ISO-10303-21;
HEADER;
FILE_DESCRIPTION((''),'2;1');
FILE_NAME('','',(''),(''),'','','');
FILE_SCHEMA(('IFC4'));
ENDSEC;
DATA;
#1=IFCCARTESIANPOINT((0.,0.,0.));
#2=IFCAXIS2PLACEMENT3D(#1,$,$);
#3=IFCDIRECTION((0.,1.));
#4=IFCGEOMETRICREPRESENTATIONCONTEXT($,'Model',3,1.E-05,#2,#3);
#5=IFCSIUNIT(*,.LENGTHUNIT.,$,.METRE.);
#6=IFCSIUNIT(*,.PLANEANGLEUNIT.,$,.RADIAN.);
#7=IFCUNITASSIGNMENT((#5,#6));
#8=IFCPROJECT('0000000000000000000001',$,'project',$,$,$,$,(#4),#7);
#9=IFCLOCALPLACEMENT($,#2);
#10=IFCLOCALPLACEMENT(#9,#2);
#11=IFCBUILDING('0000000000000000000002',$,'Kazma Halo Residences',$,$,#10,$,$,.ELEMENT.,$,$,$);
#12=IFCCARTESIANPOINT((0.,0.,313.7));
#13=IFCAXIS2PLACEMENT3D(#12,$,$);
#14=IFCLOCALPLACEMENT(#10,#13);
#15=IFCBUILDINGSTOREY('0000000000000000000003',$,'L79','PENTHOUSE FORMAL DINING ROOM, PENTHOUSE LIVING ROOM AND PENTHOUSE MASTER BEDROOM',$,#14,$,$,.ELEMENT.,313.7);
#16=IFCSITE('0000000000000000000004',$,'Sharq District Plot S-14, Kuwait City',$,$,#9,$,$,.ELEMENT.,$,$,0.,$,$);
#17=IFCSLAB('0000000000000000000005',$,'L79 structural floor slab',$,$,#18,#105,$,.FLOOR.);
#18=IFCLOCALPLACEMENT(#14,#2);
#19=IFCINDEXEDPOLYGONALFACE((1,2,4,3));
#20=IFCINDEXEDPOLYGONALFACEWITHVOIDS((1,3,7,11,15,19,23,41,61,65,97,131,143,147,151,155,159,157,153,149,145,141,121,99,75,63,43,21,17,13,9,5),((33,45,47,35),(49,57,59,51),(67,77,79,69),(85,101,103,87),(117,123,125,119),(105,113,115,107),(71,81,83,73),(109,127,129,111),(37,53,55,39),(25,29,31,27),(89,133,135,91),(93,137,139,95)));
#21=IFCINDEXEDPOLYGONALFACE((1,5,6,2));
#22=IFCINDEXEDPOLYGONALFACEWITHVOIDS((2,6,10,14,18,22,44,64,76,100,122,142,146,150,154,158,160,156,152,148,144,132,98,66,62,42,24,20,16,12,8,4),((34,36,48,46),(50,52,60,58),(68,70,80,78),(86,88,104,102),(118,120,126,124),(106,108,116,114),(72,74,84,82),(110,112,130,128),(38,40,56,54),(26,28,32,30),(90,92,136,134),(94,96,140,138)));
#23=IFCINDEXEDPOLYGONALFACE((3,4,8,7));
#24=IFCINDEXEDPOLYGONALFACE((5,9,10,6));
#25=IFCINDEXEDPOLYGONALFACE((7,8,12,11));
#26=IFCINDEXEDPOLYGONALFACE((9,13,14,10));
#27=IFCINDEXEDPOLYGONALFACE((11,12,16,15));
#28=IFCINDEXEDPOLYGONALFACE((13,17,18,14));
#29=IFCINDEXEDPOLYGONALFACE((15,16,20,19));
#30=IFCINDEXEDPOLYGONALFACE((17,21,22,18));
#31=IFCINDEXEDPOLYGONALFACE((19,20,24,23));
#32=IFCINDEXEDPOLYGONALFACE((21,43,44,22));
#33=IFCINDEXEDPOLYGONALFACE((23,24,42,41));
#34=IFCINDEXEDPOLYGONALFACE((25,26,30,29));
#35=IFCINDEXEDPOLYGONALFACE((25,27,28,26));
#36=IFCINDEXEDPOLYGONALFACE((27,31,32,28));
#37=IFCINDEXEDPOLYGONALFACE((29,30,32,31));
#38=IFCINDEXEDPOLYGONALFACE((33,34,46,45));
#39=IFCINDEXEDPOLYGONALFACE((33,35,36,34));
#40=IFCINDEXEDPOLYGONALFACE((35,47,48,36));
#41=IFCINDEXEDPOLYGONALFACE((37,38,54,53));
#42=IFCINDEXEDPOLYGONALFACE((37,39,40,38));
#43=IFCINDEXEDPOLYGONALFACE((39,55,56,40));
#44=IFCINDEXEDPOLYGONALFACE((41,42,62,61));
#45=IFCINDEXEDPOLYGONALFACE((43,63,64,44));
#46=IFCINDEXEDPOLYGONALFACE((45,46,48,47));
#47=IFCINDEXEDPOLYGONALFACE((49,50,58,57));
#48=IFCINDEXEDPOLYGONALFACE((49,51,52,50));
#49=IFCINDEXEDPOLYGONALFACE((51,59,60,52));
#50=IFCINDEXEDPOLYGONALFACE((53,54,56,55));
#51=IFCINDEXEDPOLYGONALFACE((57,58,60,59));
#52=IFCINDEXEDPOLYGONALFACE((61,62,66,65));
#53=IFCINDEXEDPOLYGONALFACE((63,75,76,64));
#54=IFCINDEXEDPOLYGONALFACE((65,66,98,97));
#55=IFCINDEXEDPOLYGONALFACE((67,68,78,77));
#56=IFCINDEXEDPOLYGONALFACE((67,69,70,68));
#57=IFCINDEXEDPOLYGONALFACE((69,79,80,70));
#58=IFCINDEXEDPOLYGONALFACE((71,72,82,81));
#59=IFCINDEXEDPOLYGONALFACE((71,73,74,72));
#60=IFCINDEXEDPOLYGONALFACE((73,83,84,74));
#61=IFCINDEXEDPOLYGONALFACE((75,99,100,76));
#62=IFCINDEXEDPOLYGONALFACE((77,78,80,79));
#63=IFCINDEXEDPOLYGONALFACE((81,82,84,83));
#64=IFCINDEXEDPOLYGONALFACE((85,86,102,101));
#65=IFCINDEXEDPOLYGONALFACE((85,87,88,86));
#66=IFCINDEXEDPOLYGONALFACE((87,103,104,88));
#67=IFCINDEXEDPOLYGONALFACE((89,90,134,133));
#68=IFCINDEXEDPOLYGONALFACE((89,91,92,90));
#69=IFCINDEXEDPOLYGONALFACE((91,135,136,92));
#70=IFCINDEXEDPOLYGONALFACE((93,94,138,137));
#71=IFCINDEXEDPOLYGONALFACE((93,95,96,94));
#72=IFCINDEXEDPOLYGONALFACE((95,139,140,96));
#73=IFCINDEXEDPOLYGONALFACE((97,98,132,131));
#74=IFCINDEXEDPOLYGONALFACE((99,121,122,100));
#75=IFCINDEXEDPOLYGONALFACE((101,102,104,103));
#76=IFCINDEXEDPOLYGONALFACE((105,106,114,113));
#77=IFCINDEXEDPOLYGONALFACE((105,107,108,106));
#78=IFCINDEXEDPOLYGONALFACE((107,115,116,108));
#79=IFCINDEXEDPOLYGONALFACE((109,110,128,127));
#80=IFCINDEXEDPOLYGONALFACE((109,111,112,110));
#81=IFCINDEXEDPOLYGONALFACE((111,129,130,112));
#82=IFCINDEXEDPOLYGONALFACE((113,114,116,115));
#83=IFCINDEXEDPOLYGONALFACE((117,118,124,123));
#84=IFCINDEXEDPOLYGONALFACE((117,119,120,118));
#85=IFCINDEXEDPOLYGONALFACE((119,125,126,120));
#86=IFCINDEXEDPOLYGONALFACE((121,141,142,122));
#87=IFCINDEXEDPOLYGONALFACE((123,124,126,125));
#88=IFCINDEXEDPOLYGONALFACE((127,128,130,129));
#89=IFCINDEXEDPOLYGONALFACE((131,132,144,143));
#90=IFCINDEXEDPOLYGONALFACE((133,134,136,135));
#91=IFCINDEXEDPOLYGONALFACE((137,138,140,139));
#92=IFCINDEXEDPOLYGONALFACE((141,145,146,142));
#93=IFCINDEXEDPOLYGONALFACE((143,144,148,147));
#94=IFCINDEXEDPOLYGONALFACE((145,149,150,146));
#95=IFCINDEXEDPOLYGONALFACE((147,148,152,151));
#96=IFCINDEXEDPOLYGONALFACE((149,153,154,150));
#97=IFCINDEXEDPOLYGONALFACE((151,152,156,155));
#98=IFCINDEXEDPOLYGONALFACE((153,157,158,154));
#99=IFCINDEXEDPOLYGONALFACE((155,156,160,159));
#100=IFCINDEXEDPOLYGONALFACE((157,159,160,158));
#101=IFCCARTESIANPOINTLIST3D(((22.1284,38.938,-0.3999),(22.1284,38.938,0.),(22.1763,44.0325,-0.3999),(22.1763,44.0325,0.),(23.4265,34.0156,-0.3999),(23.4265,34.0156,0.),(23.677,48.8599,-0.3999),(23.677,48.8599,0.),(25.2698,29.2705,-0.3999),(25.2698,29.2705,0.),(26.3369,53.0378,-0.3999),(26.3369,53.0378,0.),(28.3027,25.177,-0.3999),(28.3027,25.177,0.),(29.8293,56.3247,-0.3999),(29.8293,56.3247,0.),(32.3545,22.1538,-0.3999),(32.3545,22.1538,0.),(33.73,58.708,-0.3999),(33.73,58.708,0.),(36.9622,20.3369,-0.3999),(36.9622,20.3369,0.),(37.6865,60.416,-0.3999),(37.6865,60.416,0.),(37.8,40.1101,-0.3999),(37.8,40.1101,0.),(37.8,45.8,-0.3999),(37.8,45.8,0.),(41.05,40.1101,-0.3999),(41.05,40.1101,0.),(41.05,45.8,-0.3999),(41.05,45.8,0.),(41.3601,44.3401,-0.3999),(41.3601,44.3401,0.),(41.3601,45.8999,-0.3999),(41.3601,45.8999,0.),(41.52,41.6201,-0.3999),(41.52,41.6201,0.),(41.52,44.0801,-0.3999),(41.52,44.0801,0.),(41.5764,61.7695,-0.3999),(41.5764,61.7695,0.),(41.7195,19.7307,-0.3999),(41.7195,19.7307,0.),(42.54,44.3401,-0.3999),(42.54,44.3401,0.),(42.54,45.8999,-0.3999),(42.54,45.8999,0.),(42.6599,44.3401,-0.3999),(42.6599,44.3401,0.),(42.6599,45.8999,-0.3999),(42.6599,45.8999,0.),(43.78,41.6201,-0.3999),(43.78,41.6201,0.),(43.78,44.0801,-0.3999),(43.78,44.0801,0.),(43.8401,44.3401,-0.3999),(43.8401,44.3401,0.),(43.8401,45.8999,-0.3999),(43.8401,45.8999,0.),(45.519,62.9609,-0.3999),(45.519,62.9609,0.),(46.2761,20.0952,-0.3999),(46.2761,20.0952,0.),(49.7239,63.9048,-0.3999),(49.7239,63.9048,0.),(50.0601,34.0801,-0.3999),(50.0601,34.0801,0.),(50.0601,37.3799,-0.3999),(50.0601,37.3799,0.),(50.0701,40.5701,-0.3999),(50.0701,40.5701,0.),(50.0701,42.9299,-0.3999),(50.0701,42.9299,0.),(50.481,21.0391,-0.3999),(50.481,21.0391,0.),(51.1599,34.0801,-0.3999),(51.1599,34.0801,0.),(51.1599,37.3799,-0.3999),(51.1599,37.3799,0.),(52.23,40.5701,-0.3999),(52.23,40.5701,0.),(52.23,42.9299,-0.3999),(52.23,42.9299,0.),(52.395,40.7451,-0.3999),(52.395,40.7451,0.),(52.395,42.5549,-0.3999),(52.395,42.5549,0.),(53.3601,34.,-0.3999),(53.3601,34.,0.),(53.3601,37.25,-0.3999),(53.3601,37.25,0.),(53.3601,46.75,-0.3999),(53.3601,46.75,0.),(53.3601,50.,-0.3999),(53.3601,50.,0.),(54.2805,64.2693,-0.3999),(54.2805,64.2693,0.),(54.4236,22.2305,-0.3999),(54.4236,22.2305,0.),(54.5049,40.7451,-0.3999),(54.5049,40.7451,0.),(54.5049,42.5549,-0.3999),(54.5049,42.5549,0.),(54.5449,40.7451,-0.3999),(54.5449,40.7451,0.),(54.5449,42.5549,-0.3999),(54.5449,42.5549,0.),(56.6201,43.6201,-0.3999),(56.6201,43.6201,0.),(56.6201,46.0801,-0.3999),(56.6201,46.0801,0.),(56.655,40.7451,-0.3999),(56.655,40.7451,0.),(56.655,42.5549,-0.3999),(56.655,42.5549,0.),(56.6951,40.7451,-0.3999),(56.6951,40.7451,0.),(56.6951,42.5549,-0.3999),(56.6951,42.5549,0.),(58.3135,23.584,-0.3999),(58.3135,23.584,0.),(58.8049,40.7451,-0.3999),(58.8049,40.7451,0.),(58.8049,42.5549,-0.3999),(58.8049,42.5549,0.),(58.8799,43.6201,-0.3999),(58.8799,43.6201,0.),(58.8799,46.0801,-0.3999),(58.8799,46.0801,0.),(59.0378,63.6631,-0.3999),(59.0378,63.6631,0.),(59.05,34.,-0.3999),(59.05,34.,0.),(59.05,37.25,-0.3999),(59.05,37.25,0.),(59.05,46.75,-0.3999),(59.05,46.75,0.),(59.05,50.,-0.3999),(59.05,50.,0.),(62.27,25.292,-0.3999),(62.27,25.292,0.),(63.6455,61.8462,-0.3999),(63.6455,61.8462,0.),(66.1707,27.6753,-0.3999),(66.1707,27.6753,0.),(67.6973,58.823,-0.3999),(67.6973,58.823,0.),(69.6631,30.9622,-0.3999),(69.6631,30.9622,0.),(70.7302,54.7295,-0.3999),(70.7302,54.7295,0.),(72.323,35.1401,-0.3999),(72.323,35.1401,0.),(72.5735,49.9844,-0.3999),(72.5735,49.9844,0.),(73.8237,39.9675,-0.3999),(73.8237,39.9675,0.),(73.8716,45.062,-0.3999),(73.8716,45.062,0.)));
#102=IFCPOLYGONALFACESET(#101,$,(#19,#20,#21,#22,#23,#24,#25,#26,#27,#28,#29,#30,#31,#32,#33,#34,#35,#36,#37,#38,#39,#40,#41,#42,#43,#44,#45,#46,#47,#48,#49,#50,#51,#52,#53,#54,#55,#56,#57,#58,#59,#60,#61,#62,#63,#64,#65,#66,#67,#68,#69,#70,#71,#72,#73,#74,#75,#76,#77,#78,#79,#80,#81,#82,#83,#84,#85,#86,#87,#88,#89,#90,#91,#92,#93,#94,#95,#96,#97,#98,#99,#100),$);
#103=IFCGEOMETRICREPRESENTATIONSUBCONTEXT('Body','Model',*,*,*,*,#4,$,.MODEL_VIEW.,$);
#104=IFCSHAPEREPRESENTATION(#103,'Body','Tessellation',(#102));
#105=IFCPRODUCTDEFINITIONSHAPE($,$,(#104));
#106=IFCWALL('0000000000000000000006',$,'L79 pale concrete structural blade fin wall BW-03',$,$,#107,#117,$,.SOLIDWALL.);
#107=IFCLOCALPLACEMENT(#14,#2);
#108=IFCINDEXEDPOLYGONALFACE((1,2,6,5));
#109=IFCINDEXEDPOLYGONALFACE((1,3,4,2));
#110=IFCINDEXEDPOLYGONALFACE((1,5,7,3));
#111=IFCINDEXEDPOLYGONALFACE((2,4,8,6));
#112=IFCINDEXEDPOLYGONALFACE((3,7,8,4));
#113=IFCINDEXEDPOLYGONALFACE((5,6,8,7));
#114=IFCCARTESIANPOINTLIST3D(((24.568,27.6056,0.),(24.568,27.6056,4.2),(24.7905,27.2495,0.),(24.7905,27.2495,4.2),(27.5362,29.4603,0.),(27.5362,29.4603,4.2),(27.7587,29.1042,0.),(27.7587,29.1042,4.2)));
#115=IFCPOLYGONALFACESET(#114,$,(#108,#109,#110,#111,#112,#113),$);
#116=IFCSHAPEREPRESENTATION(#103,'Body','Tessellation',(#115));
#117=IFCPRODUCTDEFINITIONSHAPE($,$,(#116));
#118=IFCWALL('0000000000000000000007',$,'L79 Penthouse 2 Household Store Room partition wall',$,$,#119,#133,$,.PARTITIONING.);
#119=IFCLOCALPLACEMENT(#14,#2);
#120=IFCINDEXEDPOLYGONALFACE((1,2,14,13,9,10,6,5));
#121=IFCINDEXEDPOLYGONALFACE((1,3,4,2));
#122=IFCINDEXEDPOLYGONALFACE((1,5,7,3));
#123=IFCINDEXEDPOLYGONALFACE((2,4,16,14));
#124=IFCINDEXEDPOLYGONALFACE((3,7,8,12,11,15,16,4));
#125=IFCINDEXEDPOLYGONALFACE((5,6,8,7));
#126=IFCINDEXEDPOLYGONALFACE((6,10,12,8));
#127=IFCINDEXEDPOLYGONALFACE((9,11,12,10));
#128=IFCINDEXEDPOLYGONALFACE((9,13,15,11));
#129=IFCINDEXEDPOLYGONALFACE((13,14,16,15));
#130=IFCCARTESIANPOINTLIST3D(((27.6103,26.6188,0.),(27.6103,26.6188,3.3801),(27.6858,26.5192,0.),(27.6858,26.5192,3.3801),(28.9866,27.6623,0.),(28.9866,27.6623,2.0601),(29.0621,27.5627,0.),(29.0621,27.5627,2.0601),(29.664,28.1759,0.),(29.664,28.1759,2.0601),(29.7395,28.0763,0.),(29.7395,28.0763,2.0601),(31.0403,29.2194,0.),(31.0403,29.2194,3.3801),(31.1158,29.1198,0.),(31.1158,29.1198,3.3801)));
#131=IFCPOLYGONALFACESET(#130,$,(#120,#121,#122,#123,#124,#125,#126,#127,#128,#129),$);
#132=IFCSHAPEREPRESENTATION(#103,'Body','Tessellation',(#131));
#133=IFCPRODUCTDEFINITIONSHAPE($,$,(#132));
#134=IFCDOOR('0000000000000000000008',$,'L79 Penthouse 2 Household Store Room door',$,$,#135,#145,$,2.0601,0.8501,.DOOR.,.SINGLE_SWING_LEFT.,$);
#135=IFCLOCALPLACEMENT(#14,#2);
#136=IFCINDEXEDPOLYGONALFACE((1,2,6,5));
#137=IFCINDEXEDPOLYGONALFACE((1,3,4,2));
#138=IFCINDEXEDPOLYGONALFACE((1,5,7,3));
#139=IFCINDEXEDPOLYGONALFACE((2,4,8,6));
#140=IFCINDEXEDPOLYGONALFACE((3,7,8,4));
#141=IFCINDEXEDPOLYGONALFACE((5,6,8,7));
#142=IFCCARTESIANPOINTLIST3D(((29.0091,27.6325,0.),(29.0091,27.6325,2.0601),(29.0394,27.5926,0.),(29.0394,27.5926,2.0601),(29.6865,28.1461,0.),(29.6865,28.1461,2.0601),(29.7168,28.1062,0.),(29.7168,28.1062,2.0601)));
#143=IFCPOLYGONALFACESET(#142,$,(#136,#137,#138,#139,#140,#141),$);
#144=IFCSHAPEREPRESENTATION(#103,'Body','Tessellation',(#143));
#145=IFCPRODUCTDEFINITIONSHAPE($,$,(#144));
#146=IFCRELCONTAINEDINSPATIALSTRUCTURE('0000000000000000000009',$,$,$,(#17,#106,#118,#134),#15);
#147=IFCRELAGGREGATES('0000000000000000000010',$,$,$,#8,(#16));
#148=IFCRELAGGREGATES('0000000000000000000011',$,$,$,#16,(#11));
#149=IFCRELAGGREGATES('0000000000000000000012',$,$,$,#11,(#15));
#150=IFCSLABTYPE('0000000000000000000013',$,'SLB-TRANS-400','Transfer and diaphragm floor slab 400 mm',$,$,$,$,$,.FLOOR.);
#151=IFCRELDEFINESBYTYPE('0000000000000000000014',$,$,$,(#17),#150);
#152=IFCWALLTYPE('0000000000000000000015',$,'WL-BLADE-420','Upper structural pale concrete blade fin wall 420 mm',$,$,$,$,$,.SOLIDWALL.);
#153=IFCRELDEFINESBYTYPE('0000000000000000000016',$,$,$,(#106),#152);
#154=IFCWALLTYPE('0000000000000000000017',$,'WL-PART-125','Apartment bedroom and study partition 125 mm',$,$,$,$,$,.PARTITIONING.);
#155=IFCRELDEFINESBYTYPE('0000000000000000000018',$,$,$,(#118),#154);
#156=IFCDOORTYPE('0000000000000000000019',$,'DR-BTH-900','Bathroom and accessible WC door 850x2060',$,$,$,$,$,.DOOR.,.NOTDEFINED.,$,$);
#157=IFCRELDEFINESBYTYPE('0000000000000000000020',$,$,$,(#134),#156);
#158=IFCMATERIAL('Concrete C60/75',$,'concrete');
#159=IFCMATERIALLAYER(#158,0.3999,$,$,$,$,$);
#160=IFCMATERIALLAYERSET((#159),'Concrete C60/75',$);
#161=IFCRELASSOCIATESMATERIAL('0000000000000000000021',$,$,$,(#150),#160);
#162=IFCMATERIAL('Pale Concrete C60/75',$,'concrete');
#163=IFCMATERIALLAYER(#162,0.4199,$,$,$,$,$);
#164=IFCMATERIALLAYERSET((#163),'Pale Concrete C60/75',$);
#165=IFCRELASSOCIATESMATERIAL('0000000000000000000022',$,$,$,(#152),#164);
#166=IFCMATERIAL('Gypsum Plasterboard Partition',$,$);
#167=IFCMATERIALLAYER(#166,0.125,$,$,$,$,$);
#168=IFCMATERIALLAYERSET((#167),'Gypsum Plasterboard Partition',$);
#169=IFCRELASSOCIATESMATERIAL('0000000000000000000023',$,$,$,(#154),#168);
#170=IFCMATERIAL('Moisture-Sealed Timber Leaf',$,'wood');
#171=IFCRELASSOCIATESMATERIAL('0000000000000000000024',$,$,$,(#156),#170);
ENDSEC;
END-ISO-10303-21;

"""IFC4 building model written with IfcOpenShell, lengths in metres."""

from ifc_helpers import new_model, si_unit, direction, frame, frame_2d, origin, place, context, subcontext, project, spatial, polyline, rectangle, outline, extrude, material, layer, layer_set, type_object, element, fill, save


model = new_model("IFC4")

# Units and contexts
model_context = context("Model", 3, precision=1e-05, world=origin(), true_north=direction((0.0, 1.0)))
body_context = subcontext(model_context, "Body", "Model", "MODEL_VIEW")
ifc_project = project(units=[si_unit("LENGTHUNIT", "METRE"), si_unit("PLANEANGLEUNIT", "RADIAN")], contexts=[model_context])

# Site, building, storey
site_placement = place(None, origin())
site = spatial("IfcSite", under=ifc_project, at=site_placement, Name="Sharq District Plot S-14, Kuwait City", CompositionType="ELEMENT", RefElevation=0.0)
building_placement = place(site_placement, origin())
building = spatial("IfcBuilding", under=site, at=building_placement, Name="Kazma Halo Residences", CompositionType="ELEMENT")
storey_placement = place(building_placement, frame((0.0, 0.0, 313.7)))
storey = spatial("IfcBuildingStorey", under=building, at=storey_placement, Name="L79", Description="PENTHOUSE FORMAL DINING ROOM, PENTHOUSE LIVING ROOM AND PENTHOUSE MASTER BEDROOM", CompositionType="ELEMENT", Elevation=313.7)

# Shared definitions
ifc_material_1 = material(Name="Concrete C60/75", Category="concrete")

# Slab
ifc_layer_1 = layer(ifc_material_1, 0.3999)
ifc_layer_set_1 = layer_set([ifc_layer_1], Name="Concrete C60/75")
slab_type_1 = type_object("IfcSlabType", Name="SLB-TRANS-400", Description="Transfer and diaphragm floor slab 400 mm", PredefinedType="FLOOR", material=ifc_layer_set_1)
slab_1_placement = place(storey_placement, frame((0.0, 0.0, -0.3999)))
element("IfcSlab", 1, at=slab_1_placement, inside=storey, type_object=slab_type_1, Name="L79 structural floor slab", PredefinedType="FLOOR", context=body_context, shape_type="SweptSolid", body=[
    extrude(outline(polyline([(72.5735, 49.9844), (70.7302, 54.7295), (67.6973, 58.823), (63.6455, 61.8462), (59.0378, 63.6631), (54.2805, 64.2693), (49.7239, 63.9048), (45.519, 62.9609), (41.5764, 61.7695), (37.6865, 60.416), (33.73, 58.708), (29.8293, 56.3247), (26.3369, 53.0378), (23.677, 48.8599), (22.1763, 44.0325), (22.1284, 38.938), (23.4265, 34.0156), (25.2698, 29.2705), (28.3027, 25.177), (32.3545, 22.1538), (36.9622, 20.3369), (41.7195, 19.7307), (46.2761, 20.0952), (50.481, 21.0391), (54.4236, 22.2305), (58.3135, 23.584), (62.27, 25.292), (66.1707, 27.6753), (69.6631, 30.9622), (72.323, 35.1401), (73.8237, 39.9675), (73.8716, 45.062), (72.5735, 49.9844)]), holes=[polyline([(37.8, 40.1101), (41.05, 40.1101), (41.05, 45.8), (37.8, 45.8), (37.8, 40.1101)]), polyline([(53.3601, 46.75), (59.05, 46.75), (59.05, 50.0), (53.3601, 50.0), (53.3601, 46.75)]), polyline([(53.3601, 34.0), (59.05, 34.0), (59.05, 37.25), (53.3601, 37.25), (53.3601, 34.0)]), polyline([(41.52, 41.6201), (43.78, 41.6201), (43.78, 44.0801), (41.52, 44.0801), (41.52, 41.6201)]), polyline([(56.6201, 43.6201), (58.8799, 43.6201), (58.8799, 46.0801), (56.6201, 46.0801), (56.6201, 43.6201)]), polyline([(52.395, 40.7451), (54.5049, 40.7451), (54.5049, 42.5549), (52.395, 42.5549), (52.395, 40.7451)]), polyline([(54.5449, 40.7451), (56.655, 40.7451), (56.655, 42.5549), (54.5449, 42.5549), (54.5449, 40.7451)]), polyline([(56.6951, 40.7451), (58.8049, 40.7451), (58.8049, 42.5549), (56.6951, 42.5549), (56.6951, 40.7451)]), polyline([(50.0701, 40.5701), (52.23, 40.5701), (52.23, 42.9299), (50.0701, 42.9299), (50.0701, 40.5701)]), polyline([(41.3601, 44.3401), (42.54, 44.3401), (42.54, 45.8999), (41.3601, 45.8999), (41.3601, 44.3401)]), polyline([(42.6599, 44.3401), (43.8401, 44.3401), (43.8401, 45.8999), (42.6599, 45.8999), (42.6599, 44.3401)]), polyline([(50.0601, 34.0801), (51.1599, 34.0801), (51.1599, 37.3799), (50.0601, 37.3799), (50.0601, 34.0801)])]), origin(), (0.0, 0.0, 1.0), 0.3999),
])

# Wall
ifc_material_2 = material(Name="Pale Concrete C60/75", Category="concrete")
ifc_layer_2 = layer(ifc_material_2, 0.4199)
ifc_layer_set_2 = layer_set([ifc_layer_2], Name="Pale Concrete C60/75")
wall_type_1 = type_object("IfcWallType", Name="WL-BLADE-420", Description="Upper structural pale concrete blade fin wall 420 mm", PredefinedType="SOLIDWALL", material=ifc_layer_set_2)
wall_1_placement = place(storey_placement, frame((27.6475, 29.2822, 0.0), z_axis=(0.0, 0.0, 1.0), x_axis=(-0.848053, -0.529911, 0.0)))
element("IfcWall", 2, at=wall_1_placement, inside=storey, type_object=wall_type_1, Name="L79 pale concrete structural blade fin wall BW-03", PredefinedType="SOLIDWALL", context=body_context, shape_type="SweptSolid", body=[
    extrude(rectangle(XDim=3.5, YDim=0.4199, at=frame_2d((1.75, 0.0))), origin(), (0.0, 0.0, 1.0), 4.2),
])

# Wall, opening, door
ifc_material_3 = material(Name="Gypsum Plasterboard Partition")
ifc_layer_3 = layer(ifc_material_3, 0.125)
ifc_layer_set_3 = layer_set([ifc_layer_3], Name="Gypsum Plasterboard Partition")
wall_type_2 = type_object("IfcWallType", Name="WL-PART-125", Description="Apartment bedroom and study partition 125 mm", PredefinedType="PARTITIONING", material=ifc_layer_set_3)
wall_2_placement = place(storey_placement, frame((31.0781, 29.1697, 0.0), z_axis=(0.0, 0.0, 1.0), x_axis=(-0.796851, -0.604175, 0.0)))
wall_2 = element("IfcWall", 3, at=wall_2_placement, inside=storey, type_object=wall_type_2, Name="L79 Penthouse 2 Household Store Room partition wall", PredefinedType="PARTITIONING", context=body_context, shape_type="SweptSolid", body=[
    extrude(rectangle(XDim=4.3044, YDim=0.125, at=frame_2d((2.1523, 0.0))), origin(), (0.0, 0.0, 1.0), 3.3801),
])
opening_placement = place(wall_2_placement, frame((1.7273, 0.0, 0.0)))
opening = element("IfcOpeningElement", 4, at=opening_placement, cuts=wall_2, PredefinedType="OPENING", context=body_context, shape_type="SweptSolid", body=[
    extrude(rectangle(XDim=0.8501, YDim=2.0601, at=frame_2d((0.425, 1.03))), frame((0.0, 0.0725, 0.0), z_axis=(0.0, -1.0, 0.0), x_axis=(1.0, 0.0, 0.0)), (0.0, 0.0, 1.0), 0.145),
])
ifc_material_4 = material(Name="Moisture-Sealed Timber Leaf", Category="wood")
door_type = type_object("IfcDoorType", Name="DR-BTH-900", Description="Bathroom and accessible WC door 850x2060", OperationType="NOTDEFINED", PredefinedType="DOOR", material=ifc_material_4)
door_placement = place(opening_placement, origin())
door = element("IfcDoor", 5, at=door_placement, inside=storey, type_object=door_type, Name="L79 Penthouse 2 Household Store Room door", OperationType="SINGLE_SWING_LEFT", OverallHeight=2.0601, OverallWidth=0.8501, PredefinedType="DOOR", context=body_context, shape_type="SweptSolid", body=[
    extrude(rectangle(XDim=0.8501, YDim=2.0601, at=frame_2d((0.425, 1.03))), frame((0.0, 0.0249, 0.0), z_axis=(0.0, -1.0, 0.0), x_axis=(1.0, 0.0, 0.0)), (0.0, 0.0, 1.0), 0.05),
])
fill(opening, door)

save(model, "model.ifc")
